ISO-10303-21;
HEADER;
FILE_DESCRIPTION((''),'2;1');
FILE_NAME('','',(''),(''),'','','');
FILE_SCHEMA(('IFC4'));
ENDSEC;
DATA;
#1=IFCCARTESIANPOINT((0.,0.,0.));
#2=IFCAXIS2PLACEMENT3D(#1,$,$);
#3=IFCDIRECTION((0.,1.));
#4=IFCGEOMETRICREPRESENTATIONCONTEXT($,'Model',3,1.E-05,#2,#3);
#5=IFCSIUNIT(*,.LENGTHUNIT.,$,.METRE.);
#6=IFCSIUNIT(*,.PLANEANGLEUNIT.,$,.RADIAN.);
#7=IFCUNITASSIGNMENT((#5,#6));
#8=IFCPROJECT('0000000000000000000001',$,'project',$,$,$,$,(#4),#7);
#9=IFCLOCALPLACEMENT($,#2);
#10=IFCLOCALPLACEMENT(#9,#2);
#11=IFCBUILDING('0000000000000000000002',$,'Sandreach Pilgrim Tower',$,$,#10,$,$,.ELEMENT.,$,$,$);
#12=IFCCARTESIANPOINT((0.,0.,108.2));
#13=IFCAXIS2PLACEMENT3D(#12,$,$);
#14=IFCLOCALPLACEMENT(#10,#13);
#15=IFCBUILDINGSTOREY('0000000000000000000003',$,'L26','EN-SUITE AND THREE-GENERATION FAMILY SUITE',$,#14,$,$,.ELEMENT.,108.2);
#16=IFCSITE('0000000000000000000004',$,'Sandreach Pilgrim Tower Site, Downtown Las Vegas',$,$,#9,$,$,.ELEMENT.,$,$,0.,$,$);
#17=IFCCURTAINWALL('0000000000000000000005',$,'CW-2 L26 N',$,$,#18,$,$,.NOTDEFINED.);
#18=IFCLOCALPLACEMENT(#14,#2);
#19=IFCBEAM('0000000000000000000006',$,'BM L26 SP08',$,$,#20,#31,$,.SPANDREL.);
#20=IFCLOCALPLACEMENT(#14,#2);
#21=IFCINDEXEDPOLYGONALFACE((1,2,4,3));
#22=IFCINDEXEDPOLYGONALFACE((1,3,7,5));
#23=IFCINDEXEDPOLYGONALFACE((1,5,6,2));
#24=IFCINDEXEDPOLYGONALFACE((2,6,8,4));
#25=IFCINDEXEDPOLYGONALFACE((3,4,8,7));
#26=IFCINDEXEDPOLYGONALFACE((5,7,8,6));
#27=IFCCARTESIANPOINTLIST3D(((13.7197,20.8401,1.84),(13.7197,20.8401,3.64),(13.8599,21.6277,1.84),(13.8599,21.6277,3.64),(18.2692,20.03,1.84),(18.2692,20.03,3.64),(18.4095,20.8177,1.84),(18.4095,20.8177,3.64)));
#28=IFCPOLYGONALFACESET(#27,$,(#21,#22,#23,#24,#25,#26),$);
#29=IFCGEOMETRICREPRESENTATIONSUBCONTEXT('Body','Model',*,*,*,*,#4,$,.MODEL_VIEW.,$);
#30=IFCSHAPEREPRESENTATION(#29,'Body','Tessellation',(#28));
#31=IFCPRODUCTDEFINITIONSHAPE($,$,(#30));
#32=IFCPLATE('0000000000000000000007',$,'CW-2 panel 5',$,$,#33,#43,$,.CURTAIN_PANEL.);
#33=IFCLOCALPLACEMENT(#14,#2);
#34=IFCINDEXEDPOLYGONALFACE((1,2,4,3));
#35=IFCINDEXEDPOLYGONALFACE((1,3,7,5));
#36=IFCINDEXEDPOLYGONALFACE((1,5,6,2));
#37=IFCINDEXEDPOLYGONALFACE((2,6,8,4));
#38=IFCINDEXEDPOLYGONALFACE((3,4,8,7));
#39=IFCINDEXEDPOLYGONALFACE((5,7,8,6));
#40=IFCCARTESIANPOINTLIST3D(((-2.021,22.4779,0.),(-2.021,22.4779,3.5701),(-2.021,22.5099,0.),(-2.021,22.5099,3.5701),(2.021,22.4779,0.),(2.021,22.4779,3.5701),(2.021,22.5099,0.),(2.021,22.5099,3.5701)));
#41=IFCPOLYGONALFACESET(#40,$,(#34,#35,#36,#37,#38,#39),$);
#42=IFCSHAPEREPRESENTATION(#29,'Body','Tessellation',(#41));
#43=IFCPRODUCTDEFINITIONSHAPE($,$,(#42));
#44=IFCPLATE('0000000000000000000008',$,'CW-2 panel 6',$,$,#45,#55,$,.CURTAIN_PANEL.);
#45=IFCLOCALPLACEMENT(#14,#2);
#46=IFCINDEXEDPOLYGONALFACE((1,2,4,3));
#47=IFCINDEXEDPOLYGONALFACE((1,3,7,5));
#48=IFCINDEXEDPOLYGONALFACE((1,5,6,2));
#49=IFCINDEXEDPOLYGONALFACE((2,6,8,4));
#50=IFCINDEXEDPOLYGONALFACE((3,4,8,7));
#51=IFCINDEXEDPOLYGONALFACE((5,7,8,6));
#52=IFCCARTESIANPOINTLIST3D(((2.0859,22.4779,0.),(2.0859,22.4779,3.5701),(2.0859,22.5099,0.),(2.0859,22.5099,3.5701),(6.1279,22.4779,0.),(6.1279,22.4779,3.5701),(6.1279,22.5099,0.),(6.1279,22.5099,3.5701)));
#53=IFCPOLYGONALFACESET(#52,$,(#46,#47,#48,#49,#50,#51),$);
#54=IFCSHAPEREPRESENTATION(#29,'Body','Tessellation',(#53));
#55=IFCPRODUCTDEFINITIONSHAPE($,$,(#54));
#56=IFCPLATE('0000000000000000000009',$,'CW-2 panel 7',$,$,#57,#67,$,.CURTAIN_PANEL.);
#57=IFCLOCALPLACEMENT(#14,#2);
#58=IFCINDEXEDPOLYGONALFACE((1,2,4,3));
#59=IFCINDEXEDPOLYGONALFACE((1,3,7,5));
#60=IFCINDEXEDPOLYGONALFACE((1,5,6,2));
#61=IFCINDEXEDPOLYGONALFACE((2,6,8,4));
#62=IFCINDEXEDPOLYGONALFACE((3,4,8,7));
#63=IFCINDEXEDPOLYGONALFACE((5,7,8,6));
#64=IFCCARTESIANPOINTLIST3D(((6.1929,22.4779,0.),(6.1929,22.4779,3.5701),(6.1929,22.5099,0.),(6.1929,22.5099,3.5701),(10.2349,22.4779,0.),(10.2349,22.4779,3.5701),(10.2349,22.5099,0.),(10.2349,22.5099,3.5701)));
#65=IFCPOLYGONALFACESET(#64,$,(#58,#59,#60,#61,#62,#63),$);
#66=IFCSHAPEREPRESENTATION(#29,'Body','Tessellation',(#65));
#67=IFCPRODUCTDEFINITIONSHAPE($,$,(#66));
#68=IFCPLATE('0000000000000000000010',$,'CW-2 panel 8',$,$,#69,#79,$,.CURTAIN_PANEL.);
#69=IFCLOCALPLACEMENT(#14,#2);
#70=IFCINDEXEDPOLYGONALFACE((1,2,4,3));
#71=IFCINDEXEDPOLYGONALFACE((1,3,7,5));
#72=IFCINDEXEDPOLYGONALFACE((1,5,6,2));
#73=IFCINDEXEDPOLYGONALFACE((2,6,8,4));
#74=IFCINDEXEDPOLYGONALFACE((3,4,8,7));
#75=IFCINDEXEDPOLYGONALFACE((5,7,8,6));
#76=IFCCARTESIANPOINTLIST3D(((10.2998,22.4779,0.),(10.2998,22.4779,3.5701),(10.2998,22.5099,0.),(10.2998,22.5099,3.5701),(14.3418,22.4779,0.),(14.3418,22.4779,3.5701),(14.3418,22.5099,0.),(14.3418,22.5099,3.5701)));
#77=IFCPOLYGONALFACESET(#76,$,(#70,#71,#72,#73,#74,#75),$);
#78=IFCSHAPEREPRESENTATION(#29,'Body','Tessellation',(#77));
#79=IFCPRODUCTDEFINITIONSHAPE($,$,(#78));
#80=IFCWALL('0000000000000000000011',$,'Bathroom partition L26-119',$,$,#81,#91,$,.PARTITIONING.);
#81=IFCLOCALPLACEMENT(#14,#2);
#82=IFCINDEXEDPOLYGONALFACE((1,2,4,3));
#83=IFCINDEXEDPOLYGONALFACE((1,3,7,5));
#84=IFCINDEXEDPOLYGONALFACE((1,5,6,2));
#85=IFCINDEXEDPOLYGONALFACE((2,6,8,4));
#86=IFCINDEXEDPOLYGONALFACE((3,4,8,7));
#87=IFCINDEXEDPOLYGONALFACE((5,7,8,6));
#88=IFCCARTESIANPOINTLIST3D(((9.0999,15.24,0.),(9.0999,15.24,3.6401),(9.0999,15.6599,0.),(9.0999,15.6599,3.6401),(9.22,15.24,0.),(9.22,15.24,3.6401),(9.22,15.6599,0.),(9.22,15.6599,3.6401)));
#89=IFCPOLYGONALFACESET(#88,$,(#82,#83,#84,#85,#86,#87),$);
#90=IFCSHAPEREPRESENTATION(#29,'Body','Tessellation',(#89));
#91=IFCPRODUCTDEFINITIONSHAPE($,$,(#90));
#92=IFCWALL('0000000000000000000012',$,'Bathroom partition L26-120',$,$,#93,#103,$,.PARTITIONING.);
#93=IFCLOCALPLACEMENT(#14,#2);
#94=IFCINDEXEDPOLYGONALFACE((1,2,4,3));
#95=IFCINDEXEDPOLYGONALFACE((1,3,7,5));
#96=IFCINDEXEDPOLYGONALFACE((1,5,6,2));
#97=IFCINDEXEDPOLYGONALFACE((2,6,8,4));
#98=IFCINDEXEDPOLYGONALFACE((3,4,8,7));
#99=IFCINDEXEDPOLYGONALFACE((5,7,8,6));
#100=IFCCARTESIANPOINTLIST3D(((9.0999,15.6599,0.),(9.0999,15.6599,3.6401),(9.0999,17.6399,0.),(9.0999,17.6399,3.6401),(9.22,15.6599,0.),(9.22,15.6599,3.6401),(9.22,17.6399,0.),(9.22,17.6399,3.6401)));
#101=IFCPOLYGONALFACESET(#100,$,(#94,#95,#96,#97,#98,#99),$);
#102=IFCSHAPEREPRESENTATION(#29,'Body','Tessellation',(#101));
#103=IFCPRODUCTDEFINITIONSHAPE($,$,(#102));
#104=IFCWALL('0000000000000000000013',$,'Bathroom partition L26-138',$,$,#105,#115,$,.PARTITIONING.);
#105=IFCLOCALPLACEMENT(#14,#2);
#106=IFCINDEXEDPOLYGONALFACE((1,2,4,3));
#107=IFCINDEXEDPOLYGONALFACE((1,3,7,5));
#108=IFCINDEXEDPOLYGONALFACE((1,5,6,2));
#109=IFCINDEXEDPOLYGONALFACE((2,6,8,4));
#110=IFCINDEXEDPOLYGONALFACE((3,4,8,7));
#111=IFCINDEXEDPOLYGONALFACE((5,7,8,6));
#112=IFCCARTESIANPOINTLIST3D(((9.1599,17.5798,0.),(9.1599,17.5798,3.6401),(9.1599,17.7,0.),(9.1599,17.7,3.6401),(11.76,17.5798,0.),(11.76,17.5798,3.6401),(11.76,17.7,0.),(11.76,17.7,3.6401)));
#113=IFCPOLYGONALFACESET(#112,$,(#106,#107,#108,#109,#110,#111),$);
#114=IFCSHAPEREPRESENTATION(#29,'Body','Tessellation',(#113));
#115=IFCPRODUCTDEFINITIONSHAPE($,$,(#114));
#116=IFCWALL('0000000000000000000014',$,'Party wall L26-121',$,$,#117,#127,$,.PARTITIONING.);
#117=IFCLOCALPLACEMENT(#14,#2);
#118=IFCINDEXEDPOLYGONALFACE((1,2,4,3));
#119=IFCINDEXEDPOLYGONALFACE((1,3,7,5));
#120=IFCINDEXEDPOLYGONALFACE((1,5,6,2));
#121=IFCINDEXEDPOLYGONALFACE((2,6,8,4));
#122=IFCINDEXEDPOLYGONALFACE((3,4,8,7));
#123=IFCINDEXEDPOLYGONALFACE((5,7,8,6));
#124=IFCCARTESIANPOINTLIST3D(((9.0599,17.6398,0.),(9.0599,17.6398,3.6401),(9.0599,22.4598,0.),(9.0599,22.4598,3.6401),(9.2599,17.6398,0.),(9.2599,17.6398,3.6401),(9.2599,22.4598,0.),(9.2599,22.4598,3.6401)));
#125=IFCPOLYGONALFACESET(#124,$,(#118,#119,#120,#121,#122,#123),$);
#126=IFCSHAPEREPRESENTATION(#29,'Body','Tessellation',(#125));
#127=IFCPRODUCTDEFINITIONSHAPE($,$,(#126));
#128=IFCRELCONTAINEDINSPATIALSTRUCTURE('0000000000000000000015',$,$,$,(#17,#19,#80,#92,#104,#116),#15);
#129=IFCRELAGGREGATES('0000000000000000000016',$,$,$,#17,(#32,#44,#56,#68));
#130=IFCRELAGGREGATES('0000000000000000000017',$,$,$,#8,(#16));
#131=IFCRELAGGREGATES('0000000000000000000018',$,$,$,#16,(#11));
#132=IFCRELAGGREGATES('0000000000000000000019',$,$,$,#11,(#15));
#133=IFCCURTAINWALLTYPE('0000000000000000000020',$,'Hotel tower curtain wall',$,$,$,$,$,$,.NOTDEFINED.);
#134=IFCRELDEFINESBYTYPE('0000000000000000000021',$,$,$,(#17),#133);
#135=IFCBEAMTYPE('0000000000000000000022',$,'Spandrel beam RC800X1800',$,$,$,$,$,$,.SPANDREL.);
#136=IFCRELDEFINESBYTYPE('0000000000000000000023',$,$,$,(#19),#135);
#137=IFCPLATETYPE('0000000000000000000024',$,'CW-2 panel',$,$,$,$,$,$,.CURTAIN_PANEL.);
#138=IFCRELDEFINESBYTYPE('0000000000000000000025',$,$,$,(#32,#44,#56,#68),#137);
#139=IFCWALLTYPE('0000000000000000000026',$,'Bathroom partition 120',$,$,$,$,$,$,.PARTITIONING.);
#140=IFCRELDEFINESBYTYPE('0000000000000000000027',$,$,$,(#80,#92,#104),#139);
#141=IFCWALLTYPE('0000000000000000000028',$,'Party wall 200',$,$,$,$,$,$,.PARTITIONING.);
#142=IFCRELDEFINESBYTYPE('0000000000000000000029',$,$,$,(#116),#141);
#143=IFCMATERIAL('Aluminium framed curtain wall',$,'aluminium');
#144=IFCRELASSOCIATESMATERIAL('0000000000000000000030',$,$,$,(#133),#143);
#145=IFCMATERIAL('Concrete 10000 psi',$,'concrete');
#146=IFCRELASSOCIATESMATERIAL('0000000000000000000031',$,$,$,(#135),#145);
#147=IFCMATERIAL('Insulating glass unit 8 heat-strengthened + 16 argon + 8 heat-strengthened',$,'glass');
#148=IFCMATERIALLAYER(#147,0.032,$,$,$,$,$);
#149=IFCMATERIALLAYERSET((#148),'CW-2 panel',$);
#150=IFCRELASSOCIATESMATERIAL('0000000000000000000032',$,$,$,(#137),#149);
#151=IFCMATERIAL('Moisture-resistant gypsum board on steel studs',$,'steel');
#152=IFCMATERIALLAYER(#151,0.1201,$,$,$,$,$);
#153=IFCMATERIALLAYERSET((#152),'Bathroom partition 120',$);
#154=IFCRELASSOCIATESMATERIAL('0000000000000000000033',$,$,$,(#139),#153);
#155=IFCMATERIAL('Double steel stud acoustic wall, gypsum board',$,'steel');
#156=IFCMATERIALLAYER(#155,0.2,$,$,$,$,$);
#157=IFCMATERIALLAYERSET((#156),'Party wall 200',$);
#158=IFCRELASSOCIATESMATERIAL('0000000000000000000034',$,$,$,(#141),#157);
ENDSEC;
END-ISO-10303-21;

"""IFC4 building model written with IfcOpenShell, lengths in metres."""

from ifc_helpers import new_model, si_unit, direction, frame, frame_2d, origin, origin_2d, place, context, subcontext, project, spatial, rectangle, extrude, material, layer, layer_set, material_profile, profile_set, type_object, element, aggregate, save


model = new_model("IFC4")

# Units and contexts
model_context = context("Model", 3, precision=1e-05, world=origin(), true_north=direction((0.0, 1.0)))
body_context = subcontext(model_context, "Body", "Model", "MODEL_VIEW")
ifc_project = project(units=[si_unit("LENGTHUNIT", "METRE"), si_unit("PLANEANGLEUNIT", "RADIAN")], contexts=[model_context])

# Site, building, storey
site_placement = place(None, origin())
site = spatial("IfcSite", under=ifc_project, at=site_placement, Name="Sandreach Pilgrim Tower Site, Downtown Las Vegas", CompositionType="ELEMENT", RefElevation=0.0)
building_placement = place(site_placement, origin())
building = spatial("IfcBuilding", under=site, at=building_placement, Name="Sandreach Pilgrim Tower", CompositionType="ELEMENT")
storey_placement = place(building_placement, frame((0.0, 0.0, 108.2)))
storey = spatial("IfcBuildingStorey", under=building, at=storey_placement, Name="L26", Description="EN-SUITE AND THREE-GENERATION FAMILY SUITE", CompositionType="ELEMENT", Elevation=108.2)

# Curtain wall
ifc_material_1 = material(Name="Aluminium framed curtain wall", Category="aluminium")
curtain_wall_type = type_object("IfcCurtainWallType", Name="Hotel tower curtain wall", PredefinedType="NOTDEFINED", material=ifc_material_1)
curtain_wall_placement = place(storey_placement, origin())
curtain_wall = element("IfcCurtainWall", 1, at=curtain_wall_placement, inside=storey, type_object=curtain_wall_type, Name="CW-2 L26 N", PredefinedType="NOTDEFINED")

# Beam
ifc_material_2 = material(Name="Concrete 10000 psi", Category="concrete")
ifc_material_profile_1 = material_profile(ifc_material_2, rectangle(XDim=0.8, YDim=1.8, at=origin_2d()), Name="RC800X1800")
ifc_profile_set_1 = profile_set([ifc_material_profile_1], Name="Concrete 10000 psi")
beam_type_1 = type_object("IfcBeamType", Name="Spandrel beam RC800X1800", PredefinedType="SPANDREL", material=ifc_profile_set_1)
beam_1_placement = place(storey_placement, frame((13.7898, 21.2339, 2.74), z_axis=(0.984516, -0.175295, 0.0), x_axis=(0.175295, 0.984516, 0.0)))
element("IfcBeam", 2, at=beam_1_placement, inside=storey, type_object=beam_type_1, Name="BM L26 SP08", PredefinedType="SPANDREL", context=body_context, shape_type="SweptSolid", body=[
    extrude(rectangle(XDim=0.8, YDim=1.8, at=origin_2d()), origin(), (0.0, 0.0, 1.0), 4.6211),
])

# Plates
ifc_material_3 = material(Name="Insulating glass unit 8 heat-strengthened + 16 argon + 8 heat-strengthened", Category="glass")
ifc_layer_1 = layer(ifc_material_3, 0.032)
ifc_layer_set_1 = layer_set([ifc_layer_1], Name="CW-2 panel")
plate_type = type_object("IfcPlateType", Name="CW-2 panel", PredefinedType="CURTAIN_PANEL", material=ifc_layer_set_1)
plate_1_placement = place(storey_placement, frame((0.0, 22.4939, 0.0), z_axis=(0.0, 0.0, 1.0), x_axis=(1.0, 0.0, 0.0)))
plate_1 = element("IfcPlate", 3, at=plate_1_placement, type_object=plate_type, Name="CW-2 panel 5", PredefinedType="CURTAIN_PANEL", context=body_context, shape_type="SweptSolid", body=[
    extrude(rectangle(XDim=4.042, YDim=0.032, at=origin_2d()), origin(), (0.0, 0.0, 1.0), 3.5701),
])
plate_2_placement = place(storey_placement, frame((4.1069, 22.4939, 0.0), z_axis=(0.0, 0.0, 1.0), x_axis=(1.0, 0.0, 0.0)))
plate_2 = element("IfcPlate", 4, at=plate_2_placement, type_object=plate_type, Name="CW-2 panel 6", PredefinedType="CURTAIN_PANEL", context=body_context, shape_type="SweptSolid", body=[
    extrude(rectangle(XDim=4.042, YDim=0.032, at=origin_2d()), origin(), (0.0, 0.0, 1.0), 3.5701),
])
plate_3_placement = place(storey_placement, frame((8.2139, 22.4939, 0.0), z_axis=(0.0, 0.0, 1.0), x_axis=(1.0, 0.0, 0.0)))
plate_3 = element("IfcPlate", 5, at=plate_3_placement, type_object=plate_type, Name="CW-2 panel 7", PredefinedType="CURTAIN_PANEL", context=body_context, shape_type="SweptSolid", body=[
    extrude(rectangle(XDim=4.042, YDim=0.032, at=origin_2d()), origin(), (0.0, 0.0, 1.0), 3.5701),
])
plate_4_placement = place(storey_placement, frame((12.3208, 22.4939, 0.0), z_axis=(0.0, 0.0, 1.0), x_axis=(1.0, 0.0, 0.0)))
plate_4 = element("IfcPlate", 6, at=plate_4_placement, type_object=plate_type, Name="CW-2 panel 8", PredefinedType="CURTAIN_PANEL", context=body_context, shape_type="SweptSolid", body=[
    extrude(rectangle(XDim=4.042, YDim=0.032, at=origin_2d()), origin(), (0.0, 0.0, 1.0), 3.5701),
])
aggregate(curtain_wall, [plate_1, plate_2, plate_3, plate_4])

# Walls
ifc_material_4 = material(Name="Moisture-resistant gypsum board on steel studs", Category="steel")
ifc_layer_2 = layer(ifc_material_4, 0.1201)
ifc_layer_set_2 = layer_set([ifc_layer_2], Name="Bathroom partition 120")
wall_type_1 = type_object("IfcWallType", Name="Bathroom partition 120", PredefinedType="PARTITIONING", material=ifc_layer_set_2)
wall_1_placement = place(storey_placement, frame((9.1599, 15.6599, 0.0), z_axis=(0.0, 0.0, 1.0), x_axis=(0.0, -1.0, 0.0)))
element("IfcWall", 7, at=wall_1_placement, inside=storey, type_object=wall_type_1, Name="Bathroom partition L26-119", PredefinedType="PARTITIONING", context=body_context, shape_type="SweptSolid", body=[
    extrude(rectangle(XDim=0.4199, YDim=0.1201, at=frame_2d((0.21, 0.0))), origin(), (0.0, 0.0, 1.0), 3.6401),
])
wall_2_placement = place(storey_placement, frame((9.1599, 17.6399, 0.0), z_axis=(0.0, 0.0, 1.0), x_axis=(0.0, -1.0, 0.0)))
element("IfcWall", 8, at=wall_2_placement, inside=storey, type_object=wall_type_1, Name="Bathroom partition L26-120", PredefinedType="PARTITIONING", context=body_context, shape_type="SweptSolid", body=[
    extrude(rectangle(XDim=1.98, YDim=0.1201, at=frame_2d((0.99, 0.0))), origin(), (0.0, 0.0, 1.0), 3.6401),
])
wall_3_placement = place(storey_placement, frame((11.76, 17.6399, 0.0), z_axis=(0.0, 0.0, 1.0), x_axis=(-1.0, 0.0, 0.0)))
element("IfcWall", 9, at=wall_3_placement, inside=storey, type_object=wall_type_1, Name="Bathroom partition L26-138", PredefinedType="PARTITIONING", context=body_context, shape_type="SweptSolid", body=[
    extrude(rectangle(XDim=2.6001, YDim=0.1201, at=frame_2d((1.3, 0.0))), origin(), (0.0, 0.0, 1.0), 3.6401),
])
ifc_material_5 = material(Name="Double steel stud acoustic wall, gypsum board", Category="steel")
ifc_layer_3 = layer(ifc_material_5, 0.2)
ifc_layer_set_3 = layer_set([ifc_layer_3], Name="Party wall 200")
wall_type_2 = type_object("IfcWallType", Name="Party wall 200", PredefinedType="PARTITIONING", material=ifc_layer_set_3)
wall_4_placement = place(storey_placement, frame((9.1599, 22.46, 0.0), z_axis=(0.0, 0.0, 1.0), x_axis=(0.0, -1.0, 0.0)))
element("IfcWall", 10, at=wall_4_placement, inside=storey, type_object=wall_type_2, Name="Party wall L26-121", PredefinedType="PARTITIONING", context=body_context, shape_type="SweptSolid", body=[
    extrude(rectangle(XDim=4.8201, YDim=0.2, at=frame_2d((2.4102, 0.0))), origin(), (0.0, 0.0, 1.0), 3.6401),
])

save(model, "model.ifc")
